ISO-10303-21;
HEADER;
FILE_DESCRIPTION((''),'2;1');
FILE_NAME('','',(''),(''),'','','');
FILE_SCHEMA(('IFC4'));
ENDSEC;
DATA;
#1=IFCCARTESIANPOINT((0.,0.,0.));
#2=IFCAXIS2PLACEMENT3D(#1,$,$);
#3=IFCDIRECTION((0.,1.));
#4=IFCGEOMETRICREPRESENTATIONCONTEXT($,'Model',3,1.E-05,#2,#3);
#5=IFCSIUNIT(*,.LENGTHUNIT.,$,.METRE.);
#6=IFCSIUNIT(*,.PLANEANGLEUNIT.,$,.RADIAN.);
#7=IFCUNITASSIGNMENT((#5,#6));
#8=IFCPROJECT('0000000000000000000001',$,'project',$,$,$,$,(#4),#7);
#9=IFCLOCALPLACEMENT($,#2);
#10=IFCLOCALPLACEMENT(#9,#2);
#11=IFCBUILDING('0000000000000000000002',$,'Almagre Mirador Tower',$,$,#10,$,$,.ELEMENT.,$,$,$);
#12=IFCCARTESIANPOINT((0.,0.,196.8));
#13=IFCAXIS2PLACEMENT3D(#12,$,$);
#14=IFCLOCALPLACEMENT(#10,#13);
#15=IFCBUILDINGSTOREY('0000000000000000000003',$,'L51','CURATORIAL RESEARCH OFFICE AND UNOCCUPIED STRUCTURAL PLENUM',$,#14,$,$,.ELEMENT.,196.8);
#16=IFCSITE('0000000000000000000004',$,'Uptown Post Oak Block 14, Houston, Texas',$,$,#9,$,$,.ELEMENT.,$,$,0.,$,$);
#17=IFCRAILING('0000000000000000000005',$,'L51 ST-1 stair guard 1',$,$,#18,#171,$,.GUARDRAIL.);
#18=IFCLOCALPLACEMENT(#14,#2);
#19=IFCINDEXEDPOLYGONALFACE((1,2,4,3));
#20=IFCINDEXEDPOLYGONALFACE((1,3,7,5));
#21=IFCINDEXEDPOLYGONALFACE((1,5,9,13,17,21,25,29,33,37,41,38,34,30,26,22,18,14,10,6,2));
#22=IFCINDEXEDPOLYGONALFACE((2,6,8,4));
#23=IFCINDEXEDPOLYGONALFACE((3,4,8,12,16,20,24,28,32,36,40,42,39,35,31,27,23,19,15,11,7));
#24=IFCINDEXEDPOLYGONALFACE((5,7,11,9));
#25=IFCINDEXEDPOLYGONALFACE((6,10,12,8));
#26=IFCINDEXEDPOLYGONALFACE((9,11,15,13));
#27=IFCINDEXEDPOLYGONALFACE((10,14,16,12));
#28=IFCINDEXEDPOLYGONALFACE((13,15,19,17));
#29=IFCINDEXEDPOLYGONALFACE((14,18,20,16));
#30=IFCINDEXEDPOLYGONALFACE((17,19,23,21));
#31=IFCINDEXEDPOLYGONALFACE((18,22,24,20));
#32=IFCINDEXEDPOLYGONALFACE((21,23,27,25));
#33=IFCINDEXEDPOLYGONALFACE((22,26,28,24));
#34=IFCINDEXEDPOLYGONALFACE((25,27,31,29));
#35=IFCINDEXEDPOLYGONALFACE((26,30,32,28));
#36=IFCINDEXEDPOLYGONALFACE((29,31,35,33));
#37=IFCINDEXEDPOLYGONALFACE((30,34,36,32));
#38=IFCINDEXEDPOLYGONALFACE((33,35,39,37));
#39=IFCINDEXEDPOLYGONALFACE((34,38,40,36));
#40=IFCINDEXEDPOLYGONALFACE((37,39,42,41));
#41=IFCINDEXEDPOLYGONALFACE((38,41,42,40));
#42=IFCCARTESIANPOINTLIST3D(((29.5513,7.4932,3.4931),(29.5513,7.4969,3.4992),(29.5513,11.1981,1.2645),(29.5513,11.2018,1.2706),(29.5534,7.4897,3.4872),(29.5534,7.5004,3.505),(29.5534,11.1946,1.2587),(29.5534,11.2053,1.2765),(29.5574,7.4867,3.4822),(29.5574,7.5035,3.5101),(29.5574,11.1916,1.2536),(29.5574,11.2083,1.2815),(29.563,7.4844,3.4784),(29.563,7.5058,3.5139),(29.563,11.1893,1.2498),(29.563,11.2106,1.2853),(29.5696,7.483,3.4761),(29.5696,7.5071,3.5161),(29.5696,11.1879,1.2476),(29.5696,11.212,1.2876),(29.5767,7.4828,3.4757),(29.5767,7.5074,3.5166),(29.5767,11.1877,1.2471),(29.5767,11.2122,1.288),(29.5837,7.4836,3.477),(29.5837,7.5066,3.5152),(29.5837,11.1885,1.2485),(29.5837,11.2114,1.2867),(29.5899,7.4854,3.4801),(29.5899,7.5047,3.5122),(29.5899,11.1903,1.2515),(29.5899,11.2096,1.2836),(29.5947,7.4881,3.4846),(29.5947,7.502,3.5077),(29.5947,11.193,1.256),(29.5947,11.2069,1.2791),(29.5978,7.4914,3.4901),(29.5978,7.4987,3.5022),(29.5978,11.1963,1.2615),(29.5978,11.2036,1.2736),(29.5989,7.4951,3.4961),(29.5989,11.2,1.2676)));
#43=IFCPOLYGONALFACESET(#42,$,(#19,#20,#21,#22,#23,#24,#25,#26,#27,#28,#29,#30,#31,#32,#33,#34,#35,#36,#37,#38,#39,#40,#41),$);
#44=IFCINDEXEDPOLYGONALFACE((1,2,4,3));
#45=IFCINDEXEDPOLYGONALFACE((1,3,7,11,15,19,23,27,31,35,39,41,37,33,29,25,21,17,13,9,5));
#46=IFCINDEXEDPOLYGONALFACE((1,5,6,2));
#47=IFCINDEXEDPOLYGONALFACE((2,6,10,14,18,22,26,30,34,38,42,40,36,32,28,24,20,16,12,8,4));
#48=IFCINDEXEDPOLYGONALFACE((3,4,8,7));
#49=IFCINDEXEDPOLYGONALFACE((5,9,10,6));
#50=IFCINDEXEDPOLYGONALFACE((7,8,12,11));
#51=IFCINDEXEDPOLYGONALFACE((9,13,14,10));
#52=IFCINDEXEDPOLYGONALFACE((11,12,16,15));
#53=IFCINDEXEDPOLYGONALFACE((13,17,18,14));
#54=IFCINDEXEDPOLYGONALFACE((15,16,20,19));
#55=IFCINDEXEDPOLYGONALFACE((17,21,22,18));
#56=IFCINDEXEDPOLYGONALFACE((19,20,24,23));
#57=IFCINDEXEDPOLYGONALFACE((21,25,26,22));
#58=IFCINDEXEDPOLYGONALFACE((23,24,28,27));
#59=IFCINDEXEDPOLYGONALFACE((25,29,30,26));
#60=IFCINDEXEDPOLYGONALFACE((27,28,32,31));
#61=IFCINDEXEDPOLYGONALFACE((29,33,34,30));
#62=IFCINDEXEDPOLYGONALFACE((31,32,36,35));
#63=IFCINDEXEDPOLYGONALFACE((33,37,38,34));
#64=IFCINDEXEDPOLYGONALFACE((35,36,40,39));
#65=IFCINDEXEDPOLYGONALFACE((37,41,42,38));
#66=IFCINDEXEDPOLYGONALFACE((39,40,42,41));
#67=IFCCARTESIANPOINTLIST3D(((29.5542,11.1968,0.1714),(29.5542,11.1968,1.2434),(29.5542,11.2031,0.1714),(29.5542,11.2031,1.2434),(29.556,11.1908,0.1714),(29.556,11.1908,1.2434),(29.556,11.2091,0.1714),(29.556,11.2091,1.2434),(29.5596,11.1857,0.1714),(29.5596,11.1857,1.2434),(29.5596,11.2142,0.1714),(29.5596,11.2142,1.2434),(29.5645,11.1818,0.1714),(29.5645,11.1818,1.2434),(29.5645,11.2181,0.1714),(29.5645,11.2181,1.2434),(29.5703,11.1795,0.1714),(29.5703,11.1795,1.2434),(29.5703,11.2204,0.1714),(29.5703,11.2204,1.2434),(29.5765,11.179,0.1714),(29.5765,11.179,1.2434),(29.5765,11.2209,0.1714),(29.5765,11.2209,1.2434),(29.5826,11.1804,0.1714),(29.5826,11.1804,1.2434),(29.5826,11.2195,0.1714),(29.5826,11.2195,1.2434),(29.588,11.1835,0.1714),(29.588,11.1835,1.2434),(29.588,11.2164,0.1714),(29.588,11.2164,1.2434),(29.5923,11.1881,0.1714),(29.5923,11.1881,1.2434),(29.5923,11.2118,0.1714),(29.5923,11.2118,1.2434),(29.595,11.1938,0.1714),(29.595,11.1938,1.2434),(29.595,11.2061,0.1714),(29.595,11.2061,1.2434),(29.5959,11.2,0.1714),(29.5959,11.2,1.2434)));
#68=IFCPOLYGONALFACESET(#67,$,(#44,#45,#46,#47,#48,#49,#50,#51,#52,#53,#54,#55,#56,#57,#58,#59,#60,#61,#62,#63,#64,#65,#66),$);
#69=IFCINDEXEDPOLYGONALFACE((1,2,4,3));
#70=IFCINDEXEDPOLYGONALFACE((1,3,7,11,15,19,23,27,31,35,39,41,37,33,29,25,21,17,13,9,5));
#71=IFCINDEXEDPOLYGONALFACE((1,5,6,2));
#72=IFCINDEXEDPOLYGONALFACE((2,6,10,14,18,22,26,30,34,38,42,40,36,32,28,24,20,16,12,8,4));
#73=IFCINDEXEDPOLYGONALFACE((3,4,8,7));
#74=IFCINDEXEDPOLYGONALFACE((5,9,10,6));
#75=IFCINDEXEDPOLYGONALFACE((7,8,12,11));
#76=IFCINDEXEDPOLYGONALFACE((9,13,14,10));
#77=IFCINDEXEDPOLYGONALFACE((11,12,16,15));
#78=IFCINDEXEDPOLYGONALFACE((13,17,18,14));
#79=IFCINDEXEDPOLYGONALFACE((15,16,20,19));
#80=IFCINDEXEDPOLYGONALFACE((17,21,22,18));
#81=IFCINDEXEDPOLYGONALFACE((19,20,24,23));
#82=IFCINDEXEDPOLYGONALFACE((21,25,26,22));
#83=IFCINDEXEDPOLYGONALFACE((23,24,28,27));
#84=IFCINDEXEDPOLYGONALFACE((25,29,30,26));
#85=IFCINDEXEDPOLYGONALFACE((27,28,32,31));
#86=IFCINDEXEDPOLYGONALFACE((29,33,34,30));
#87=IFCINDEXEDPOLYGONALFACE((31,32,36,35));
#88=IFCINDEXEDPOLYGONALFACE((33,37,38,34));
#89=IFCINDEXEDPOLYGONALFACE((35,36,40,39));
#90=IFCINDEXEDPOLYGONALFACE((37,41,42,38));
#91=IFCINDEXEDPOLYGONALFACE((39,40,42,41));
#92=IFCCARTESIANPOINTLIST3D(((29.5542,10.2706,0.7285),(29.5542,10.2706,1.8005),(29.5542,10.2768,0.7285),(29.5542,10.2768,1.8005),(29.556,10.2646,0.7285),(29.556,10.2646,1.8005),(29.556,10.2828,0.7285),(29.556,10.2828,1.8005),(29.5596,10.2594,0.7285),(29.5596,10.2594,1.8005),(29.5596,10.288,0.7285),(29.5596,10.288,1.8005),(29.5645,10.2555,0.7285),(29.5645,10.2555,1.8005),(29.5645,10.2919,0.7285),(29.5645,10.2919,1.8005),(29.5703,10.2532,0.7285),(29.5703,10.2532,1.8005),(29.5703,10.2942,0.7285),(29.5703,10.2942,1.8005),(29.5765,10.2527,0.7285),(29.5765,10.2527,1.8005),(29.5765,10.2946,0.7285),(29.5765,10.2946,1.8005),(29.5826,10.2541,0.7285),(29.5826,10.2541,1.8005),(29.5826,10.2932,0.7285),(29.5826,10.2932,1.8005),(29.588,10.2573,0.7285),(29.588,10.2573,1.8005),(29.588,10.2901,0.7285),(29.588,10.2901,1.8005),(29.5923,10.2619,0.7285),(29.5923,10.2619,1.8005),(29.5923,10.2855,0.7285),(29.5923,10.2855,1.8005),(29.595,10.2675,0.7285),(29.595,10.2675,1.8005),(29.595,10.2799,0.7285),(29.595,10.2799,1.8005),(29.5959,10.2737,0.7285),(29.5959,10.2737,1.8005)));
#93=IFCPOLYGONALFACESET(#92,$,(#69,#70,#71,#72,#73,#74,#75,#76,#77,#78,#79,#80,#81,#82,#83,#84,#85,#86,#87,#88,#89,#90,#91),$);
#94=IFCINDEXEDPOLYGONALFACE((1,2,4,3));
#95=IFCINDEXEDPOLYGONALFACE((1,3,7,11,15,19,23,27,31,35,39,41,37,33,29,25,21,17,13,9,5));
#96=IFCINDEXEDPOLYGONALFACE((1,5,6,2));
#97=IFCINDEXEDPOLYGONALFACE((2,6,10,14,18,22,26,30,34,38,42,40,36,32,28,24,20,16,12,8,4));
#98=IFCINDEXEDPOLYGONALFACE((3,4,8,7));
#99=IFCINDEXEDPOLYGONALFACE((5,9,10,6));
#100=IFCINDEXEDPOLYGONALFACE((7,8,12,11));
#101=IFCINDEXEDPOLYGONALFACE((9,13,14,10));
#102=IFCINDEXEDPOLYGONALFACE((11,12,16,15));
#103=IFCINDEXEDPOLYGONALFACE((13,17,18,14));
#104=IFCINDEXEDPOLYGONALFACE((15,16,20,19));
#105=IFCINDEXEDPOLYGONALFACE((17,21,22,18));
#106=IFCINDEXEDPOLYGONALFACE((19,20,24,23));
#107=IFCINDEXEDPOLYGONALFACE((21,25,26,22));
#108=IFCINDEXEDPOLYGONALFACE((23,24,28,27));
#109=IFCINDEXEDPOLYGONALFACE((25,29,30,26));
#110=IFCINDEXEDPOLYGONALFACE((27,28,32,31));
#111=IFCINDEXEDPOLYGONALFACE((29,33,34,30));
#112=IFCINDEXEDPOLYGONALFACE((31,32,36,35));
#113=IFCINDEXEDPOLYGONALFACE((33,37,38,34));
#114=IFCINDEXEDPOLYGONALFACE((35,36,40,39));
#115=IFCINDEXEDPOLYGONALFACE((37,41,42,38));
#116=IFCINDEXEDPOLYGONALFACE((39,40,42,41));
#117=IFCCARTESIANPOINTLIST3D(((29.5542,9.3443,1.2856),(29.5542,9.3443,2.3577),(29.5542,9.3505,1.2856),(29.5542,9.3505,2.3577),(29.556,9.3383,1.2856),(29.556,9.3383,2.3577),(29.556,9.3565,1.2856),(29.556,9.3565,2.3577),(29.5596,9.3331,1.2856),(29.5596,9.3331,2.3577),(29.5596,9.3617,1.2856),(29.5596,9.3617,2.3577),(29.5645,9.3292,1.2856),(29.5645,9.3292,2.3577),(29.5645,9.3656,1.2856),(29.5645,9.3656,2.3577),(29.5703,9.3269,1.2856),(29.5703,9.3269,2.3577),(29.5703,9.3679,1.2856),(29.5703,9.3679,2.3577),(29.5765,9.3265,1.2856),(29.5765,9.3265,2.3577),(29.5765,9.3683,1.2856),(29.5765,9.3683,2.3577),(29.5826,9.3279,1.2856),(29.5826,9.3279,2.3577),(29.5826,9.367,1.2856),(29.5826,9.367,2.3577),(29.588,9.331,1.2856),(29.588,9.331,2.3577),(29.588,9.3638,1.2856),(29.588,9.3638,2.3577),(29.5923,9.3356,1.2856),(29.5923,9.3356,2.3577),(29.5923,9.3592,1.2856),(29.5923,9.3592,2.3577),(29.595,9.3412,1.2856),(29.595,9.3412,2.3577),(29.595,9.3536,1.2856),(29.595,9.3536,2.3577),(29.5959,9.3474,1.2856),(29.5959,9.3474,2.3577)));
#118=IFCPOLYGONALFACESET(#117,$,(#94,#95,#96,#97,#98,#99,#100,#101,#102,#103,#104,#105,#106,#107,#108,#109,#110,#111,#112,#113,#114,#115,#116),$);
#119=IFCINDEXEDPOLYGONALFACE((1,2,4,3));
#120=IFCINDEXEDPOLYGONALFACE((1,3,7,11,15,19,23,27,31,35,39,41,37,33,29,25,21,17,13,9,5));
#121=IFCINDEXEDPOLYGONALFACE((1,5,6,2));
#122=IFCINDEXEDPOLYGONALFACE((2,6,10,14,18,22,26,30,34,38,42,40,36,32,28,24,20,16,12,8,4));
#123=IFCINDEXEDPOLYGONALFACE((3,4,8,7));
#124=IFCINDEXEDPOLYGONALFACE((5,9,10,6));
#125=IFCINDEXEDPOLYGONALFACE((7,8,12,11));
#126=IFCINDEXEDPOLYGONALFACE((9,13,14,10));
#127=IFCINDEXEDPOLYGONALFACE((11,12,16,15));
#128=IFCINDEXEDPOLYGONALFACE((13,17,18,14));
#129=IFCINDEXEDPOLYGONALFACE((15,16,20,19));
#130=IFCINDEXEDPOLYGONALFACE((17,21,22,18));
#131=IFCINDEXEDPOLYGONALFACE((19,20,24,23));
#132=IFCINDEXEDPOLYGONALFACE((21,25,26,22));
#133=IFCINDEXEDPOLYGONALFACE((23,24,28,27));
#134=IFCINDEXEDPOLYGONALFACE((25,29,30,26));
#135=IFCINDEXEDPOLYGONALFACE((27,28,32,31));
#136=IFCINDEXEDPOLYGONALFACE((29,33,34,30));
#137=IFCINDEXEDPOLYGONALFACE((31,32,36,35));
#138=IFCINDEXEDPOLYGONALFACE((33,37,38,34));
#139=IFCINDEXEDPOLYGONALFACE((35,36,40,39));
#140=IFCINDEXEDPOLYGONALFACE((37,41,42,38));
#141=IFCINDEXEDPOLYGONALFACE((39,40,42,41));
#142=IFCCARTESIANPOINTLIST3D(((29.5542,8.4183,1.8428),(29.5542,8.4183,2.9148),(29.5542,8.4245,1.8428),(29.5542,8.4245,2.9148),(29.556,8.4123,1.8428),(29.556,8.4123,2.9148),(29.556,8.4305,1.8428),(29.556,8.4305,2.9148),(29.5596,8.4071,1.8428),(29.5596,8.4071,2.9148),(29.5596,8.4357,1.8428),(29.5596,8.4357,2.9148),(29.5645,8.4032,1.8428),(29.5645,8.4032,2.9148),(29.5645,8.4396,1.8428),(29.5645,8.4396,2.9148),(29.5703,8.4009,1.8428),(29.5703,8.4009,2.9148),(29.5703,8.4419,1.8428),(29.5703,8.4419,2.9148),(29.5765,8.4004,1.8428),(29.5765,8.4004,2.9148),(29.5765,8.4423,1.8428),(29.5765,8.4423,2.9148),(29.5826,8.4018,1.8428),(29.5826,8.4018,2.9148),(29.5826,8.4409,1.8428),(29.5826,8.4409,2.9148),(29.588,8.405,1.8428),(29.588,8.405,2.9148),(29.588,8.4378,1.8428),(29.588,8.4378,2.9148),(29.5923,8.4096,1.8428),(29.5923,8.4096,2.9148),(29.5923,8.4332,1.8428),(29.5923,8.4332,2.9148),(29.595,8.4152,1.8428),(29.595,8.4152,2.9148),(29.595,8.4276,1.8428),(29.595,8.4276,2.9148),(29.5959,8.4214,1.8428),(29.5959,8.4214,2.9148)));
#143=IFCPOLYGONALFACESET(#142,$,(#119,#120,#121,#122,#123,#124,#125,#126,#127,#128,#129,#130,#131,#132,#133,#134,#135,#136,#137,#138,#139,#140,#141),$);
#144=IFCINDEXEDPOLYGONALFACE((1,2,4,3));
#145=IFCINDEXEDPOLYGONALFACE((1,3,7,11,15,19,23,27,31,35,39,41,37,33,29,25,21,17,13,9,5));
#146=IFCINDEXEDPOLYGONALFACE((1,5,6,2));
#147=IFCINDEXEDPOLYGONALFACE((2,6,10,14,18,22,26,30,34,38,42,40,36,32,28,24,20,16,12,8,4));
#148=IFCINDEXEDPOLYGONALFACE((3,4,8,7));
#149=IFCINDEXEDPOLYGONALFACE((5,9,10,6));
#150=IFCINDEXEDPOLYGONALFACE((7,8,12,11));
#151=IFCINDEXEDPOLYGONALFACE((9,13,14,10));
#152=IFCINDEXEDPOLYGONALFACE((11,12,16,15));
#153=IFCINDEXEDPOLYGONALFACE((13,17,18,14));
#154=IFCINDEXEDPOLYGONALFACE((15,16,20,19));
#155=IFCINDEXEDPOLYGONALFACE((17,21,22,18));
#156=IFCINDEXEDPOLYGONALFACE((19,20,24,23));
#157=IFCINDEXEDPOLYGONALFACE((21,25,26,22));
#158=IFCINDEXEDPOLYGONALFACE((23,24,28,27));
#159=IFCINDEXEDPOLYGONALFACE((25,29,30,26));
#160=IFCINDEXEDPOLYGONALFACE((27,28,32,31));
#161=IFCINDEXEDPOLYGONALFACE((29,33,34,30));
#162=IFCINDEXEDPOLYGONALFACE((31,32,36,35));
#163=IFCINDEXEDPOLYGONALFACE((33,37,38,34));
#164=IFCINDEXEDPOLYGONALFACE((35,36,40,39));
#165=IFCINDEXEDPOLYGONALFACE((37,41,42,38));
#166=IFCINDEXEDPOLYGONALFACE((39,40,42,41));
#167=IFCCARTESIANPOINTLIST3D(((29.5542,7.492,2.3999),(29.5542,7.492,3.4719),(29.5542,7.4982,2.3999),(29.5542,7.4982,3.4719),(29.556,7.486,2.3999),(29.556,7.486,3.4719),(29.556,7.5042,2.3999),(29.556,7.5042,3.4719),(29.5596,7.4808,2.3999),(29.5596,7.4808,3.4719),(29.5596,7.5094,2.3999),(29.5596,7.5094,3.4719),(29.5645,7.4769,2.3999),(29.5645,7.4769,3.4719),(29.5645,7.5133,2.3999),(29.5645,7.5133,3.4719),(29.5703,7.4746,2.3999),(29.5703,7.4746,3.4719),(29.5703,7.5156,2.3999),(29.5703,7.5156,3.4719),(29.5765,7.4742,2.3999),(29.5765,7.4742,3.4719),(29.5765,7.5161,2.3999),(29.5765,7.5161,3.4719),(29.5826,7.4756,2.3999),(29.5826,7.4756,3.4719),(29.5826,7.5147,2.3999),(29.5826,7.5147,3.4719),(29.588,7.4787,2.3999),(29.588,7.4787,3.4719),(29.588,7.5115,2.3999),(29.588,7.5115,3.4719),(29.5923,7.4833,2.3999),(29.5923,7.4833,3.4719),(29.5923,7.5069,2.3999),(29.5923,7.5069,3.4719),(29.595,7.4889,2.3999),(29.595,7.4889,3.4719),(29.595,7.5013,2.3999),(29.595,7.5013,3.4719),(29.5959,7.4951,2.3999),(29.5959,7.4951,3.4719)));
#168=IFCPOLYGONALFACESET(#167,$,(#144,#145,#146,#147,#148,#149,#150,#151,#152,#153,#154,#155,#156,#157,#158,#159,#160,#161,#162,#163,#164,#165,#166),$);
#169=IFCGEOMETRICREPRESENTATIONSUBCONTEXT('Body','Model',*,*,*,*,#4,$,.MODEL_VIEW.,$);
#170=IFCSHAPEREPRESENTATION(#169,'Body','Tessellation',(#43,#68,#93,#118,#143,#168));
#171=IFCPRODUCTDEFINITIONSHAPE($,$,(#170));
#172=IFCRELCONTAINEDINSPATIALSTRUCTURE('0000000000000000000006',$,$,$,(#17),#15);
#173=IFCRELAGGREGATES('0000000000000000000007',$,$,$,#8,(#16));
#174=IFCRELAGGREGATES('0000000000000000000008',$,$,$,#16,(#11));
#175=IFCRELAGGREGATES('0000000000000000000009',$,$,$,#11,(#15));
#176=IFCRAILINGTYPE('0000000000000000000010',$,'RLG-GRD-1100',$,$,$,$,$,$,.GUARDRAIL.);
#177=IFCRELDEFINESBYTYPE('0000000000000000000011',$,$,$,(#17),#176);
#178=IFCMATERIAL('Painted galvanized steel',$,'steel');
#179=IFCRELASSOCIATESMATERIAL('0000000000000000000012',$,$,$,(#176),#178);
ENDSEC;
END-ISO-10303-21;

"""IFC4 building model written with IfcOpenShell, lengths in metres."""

from ifc_helpers import new_model, si_unit, direction, frame, origin, origin_2d, place, context, subcontext, project, spatial, circle, extrude, material, type_object, element, save


model = new_model("IFC4")

# Units and contexts
model_context = context("Model", 3, precision=1e-05, world=origin(), true_north=direction((0.0, 1.0)))
body_context = subcontext(model_context, "Body", "Model", "MODEL_VIEW")
ifc_project = project(units=[si_unit("LENGTHUNIT", "METRE"), si_unit("PLANEANGLEUNIT", "RADIAN")], contexts=[model_context])

# Site, building, storey
site_placement = place(None, origin())
site = spatial("IfcSite", under=ifc_project, at=site_placement, Name="Uptown Post Oak Block 14, Houston, Texas", CompositionType="ELEMENT", RefElevation=0.0)
building_placement = place(site_placement, origin())
building = spatial("IfcBuilding", under=site, at=building_placement, Name="Almagre Mirador Tower", CompositionType="ELEMENT")
storey_placement = place(building_placement, frame((0.0, 0.0, 196.8)))
storey = spatial("IfcBuildingStorey", under=building, at=storey_placement, Name="L51", Description="CURATORIAL RESEARCH OFFICE AND UNOCCUPIED STRUCTURAL PLENUM", CompositionType="ELEMENT", Elevation=196.8)

# Railing
ifc_material_1 = material(Name="Painted galvanized steel", Category="steel")
railing_type_1 = type_object("IfcRailingType", Name="RLG-GRD-1100", PredefinedType="GUARDRAIL", material=ifc_material_1)
railing_1_placement = place(storey_placement, frame((29.575, 11.2, 0.1714)))
element("IfcRailing", 1, at=railing_1_placement, inside=storey, type_object=railing_type_1, Name="L51 ST-1 stair guard 1", PredefinedType="GUARDRAIL", context=body_context, shape_type="SweptSolid", body=[
    extrude(circle(Radius=0.0239, at=origin_2d()), frame((0.0, 0.0, 1.0962), z_axis=(0.0, -0.856919, 0.51545), x_axis=(1.0, 0.0, 0.0)), (0.0, 0.0, 1.0), 4.3235),
    extrude(circle(Radius=0.021, at=origin_2d()), origin(), (0.0, 0.0, 1.0), 1.072),
    extrude(circle(Radius=0.021, at=origin_2d()), frame((0.0, -0.9263, 0.5571)), (0.0, 0.0, 1.0), 1.072),
    extrude(circle(Radius=0.021, at=origin_2d()), frame((0.0, -1.8525, 1.1143)), (0.0, 0.0, 1.0), 1.072),
    extrude(circle(Radius=0.021, at=origin_2d()), frame((0.0, -2.7786, 1.6714)), (0.0, 0.0, 1.0), 1.072),
    extrude(circle(Radius=0.021, at=origin_2d()), frame((0.0, -3.7048, 2.2285)), (0.0, 0.0, 1.0), 1.072),
])

save(model, "model.ifc")
